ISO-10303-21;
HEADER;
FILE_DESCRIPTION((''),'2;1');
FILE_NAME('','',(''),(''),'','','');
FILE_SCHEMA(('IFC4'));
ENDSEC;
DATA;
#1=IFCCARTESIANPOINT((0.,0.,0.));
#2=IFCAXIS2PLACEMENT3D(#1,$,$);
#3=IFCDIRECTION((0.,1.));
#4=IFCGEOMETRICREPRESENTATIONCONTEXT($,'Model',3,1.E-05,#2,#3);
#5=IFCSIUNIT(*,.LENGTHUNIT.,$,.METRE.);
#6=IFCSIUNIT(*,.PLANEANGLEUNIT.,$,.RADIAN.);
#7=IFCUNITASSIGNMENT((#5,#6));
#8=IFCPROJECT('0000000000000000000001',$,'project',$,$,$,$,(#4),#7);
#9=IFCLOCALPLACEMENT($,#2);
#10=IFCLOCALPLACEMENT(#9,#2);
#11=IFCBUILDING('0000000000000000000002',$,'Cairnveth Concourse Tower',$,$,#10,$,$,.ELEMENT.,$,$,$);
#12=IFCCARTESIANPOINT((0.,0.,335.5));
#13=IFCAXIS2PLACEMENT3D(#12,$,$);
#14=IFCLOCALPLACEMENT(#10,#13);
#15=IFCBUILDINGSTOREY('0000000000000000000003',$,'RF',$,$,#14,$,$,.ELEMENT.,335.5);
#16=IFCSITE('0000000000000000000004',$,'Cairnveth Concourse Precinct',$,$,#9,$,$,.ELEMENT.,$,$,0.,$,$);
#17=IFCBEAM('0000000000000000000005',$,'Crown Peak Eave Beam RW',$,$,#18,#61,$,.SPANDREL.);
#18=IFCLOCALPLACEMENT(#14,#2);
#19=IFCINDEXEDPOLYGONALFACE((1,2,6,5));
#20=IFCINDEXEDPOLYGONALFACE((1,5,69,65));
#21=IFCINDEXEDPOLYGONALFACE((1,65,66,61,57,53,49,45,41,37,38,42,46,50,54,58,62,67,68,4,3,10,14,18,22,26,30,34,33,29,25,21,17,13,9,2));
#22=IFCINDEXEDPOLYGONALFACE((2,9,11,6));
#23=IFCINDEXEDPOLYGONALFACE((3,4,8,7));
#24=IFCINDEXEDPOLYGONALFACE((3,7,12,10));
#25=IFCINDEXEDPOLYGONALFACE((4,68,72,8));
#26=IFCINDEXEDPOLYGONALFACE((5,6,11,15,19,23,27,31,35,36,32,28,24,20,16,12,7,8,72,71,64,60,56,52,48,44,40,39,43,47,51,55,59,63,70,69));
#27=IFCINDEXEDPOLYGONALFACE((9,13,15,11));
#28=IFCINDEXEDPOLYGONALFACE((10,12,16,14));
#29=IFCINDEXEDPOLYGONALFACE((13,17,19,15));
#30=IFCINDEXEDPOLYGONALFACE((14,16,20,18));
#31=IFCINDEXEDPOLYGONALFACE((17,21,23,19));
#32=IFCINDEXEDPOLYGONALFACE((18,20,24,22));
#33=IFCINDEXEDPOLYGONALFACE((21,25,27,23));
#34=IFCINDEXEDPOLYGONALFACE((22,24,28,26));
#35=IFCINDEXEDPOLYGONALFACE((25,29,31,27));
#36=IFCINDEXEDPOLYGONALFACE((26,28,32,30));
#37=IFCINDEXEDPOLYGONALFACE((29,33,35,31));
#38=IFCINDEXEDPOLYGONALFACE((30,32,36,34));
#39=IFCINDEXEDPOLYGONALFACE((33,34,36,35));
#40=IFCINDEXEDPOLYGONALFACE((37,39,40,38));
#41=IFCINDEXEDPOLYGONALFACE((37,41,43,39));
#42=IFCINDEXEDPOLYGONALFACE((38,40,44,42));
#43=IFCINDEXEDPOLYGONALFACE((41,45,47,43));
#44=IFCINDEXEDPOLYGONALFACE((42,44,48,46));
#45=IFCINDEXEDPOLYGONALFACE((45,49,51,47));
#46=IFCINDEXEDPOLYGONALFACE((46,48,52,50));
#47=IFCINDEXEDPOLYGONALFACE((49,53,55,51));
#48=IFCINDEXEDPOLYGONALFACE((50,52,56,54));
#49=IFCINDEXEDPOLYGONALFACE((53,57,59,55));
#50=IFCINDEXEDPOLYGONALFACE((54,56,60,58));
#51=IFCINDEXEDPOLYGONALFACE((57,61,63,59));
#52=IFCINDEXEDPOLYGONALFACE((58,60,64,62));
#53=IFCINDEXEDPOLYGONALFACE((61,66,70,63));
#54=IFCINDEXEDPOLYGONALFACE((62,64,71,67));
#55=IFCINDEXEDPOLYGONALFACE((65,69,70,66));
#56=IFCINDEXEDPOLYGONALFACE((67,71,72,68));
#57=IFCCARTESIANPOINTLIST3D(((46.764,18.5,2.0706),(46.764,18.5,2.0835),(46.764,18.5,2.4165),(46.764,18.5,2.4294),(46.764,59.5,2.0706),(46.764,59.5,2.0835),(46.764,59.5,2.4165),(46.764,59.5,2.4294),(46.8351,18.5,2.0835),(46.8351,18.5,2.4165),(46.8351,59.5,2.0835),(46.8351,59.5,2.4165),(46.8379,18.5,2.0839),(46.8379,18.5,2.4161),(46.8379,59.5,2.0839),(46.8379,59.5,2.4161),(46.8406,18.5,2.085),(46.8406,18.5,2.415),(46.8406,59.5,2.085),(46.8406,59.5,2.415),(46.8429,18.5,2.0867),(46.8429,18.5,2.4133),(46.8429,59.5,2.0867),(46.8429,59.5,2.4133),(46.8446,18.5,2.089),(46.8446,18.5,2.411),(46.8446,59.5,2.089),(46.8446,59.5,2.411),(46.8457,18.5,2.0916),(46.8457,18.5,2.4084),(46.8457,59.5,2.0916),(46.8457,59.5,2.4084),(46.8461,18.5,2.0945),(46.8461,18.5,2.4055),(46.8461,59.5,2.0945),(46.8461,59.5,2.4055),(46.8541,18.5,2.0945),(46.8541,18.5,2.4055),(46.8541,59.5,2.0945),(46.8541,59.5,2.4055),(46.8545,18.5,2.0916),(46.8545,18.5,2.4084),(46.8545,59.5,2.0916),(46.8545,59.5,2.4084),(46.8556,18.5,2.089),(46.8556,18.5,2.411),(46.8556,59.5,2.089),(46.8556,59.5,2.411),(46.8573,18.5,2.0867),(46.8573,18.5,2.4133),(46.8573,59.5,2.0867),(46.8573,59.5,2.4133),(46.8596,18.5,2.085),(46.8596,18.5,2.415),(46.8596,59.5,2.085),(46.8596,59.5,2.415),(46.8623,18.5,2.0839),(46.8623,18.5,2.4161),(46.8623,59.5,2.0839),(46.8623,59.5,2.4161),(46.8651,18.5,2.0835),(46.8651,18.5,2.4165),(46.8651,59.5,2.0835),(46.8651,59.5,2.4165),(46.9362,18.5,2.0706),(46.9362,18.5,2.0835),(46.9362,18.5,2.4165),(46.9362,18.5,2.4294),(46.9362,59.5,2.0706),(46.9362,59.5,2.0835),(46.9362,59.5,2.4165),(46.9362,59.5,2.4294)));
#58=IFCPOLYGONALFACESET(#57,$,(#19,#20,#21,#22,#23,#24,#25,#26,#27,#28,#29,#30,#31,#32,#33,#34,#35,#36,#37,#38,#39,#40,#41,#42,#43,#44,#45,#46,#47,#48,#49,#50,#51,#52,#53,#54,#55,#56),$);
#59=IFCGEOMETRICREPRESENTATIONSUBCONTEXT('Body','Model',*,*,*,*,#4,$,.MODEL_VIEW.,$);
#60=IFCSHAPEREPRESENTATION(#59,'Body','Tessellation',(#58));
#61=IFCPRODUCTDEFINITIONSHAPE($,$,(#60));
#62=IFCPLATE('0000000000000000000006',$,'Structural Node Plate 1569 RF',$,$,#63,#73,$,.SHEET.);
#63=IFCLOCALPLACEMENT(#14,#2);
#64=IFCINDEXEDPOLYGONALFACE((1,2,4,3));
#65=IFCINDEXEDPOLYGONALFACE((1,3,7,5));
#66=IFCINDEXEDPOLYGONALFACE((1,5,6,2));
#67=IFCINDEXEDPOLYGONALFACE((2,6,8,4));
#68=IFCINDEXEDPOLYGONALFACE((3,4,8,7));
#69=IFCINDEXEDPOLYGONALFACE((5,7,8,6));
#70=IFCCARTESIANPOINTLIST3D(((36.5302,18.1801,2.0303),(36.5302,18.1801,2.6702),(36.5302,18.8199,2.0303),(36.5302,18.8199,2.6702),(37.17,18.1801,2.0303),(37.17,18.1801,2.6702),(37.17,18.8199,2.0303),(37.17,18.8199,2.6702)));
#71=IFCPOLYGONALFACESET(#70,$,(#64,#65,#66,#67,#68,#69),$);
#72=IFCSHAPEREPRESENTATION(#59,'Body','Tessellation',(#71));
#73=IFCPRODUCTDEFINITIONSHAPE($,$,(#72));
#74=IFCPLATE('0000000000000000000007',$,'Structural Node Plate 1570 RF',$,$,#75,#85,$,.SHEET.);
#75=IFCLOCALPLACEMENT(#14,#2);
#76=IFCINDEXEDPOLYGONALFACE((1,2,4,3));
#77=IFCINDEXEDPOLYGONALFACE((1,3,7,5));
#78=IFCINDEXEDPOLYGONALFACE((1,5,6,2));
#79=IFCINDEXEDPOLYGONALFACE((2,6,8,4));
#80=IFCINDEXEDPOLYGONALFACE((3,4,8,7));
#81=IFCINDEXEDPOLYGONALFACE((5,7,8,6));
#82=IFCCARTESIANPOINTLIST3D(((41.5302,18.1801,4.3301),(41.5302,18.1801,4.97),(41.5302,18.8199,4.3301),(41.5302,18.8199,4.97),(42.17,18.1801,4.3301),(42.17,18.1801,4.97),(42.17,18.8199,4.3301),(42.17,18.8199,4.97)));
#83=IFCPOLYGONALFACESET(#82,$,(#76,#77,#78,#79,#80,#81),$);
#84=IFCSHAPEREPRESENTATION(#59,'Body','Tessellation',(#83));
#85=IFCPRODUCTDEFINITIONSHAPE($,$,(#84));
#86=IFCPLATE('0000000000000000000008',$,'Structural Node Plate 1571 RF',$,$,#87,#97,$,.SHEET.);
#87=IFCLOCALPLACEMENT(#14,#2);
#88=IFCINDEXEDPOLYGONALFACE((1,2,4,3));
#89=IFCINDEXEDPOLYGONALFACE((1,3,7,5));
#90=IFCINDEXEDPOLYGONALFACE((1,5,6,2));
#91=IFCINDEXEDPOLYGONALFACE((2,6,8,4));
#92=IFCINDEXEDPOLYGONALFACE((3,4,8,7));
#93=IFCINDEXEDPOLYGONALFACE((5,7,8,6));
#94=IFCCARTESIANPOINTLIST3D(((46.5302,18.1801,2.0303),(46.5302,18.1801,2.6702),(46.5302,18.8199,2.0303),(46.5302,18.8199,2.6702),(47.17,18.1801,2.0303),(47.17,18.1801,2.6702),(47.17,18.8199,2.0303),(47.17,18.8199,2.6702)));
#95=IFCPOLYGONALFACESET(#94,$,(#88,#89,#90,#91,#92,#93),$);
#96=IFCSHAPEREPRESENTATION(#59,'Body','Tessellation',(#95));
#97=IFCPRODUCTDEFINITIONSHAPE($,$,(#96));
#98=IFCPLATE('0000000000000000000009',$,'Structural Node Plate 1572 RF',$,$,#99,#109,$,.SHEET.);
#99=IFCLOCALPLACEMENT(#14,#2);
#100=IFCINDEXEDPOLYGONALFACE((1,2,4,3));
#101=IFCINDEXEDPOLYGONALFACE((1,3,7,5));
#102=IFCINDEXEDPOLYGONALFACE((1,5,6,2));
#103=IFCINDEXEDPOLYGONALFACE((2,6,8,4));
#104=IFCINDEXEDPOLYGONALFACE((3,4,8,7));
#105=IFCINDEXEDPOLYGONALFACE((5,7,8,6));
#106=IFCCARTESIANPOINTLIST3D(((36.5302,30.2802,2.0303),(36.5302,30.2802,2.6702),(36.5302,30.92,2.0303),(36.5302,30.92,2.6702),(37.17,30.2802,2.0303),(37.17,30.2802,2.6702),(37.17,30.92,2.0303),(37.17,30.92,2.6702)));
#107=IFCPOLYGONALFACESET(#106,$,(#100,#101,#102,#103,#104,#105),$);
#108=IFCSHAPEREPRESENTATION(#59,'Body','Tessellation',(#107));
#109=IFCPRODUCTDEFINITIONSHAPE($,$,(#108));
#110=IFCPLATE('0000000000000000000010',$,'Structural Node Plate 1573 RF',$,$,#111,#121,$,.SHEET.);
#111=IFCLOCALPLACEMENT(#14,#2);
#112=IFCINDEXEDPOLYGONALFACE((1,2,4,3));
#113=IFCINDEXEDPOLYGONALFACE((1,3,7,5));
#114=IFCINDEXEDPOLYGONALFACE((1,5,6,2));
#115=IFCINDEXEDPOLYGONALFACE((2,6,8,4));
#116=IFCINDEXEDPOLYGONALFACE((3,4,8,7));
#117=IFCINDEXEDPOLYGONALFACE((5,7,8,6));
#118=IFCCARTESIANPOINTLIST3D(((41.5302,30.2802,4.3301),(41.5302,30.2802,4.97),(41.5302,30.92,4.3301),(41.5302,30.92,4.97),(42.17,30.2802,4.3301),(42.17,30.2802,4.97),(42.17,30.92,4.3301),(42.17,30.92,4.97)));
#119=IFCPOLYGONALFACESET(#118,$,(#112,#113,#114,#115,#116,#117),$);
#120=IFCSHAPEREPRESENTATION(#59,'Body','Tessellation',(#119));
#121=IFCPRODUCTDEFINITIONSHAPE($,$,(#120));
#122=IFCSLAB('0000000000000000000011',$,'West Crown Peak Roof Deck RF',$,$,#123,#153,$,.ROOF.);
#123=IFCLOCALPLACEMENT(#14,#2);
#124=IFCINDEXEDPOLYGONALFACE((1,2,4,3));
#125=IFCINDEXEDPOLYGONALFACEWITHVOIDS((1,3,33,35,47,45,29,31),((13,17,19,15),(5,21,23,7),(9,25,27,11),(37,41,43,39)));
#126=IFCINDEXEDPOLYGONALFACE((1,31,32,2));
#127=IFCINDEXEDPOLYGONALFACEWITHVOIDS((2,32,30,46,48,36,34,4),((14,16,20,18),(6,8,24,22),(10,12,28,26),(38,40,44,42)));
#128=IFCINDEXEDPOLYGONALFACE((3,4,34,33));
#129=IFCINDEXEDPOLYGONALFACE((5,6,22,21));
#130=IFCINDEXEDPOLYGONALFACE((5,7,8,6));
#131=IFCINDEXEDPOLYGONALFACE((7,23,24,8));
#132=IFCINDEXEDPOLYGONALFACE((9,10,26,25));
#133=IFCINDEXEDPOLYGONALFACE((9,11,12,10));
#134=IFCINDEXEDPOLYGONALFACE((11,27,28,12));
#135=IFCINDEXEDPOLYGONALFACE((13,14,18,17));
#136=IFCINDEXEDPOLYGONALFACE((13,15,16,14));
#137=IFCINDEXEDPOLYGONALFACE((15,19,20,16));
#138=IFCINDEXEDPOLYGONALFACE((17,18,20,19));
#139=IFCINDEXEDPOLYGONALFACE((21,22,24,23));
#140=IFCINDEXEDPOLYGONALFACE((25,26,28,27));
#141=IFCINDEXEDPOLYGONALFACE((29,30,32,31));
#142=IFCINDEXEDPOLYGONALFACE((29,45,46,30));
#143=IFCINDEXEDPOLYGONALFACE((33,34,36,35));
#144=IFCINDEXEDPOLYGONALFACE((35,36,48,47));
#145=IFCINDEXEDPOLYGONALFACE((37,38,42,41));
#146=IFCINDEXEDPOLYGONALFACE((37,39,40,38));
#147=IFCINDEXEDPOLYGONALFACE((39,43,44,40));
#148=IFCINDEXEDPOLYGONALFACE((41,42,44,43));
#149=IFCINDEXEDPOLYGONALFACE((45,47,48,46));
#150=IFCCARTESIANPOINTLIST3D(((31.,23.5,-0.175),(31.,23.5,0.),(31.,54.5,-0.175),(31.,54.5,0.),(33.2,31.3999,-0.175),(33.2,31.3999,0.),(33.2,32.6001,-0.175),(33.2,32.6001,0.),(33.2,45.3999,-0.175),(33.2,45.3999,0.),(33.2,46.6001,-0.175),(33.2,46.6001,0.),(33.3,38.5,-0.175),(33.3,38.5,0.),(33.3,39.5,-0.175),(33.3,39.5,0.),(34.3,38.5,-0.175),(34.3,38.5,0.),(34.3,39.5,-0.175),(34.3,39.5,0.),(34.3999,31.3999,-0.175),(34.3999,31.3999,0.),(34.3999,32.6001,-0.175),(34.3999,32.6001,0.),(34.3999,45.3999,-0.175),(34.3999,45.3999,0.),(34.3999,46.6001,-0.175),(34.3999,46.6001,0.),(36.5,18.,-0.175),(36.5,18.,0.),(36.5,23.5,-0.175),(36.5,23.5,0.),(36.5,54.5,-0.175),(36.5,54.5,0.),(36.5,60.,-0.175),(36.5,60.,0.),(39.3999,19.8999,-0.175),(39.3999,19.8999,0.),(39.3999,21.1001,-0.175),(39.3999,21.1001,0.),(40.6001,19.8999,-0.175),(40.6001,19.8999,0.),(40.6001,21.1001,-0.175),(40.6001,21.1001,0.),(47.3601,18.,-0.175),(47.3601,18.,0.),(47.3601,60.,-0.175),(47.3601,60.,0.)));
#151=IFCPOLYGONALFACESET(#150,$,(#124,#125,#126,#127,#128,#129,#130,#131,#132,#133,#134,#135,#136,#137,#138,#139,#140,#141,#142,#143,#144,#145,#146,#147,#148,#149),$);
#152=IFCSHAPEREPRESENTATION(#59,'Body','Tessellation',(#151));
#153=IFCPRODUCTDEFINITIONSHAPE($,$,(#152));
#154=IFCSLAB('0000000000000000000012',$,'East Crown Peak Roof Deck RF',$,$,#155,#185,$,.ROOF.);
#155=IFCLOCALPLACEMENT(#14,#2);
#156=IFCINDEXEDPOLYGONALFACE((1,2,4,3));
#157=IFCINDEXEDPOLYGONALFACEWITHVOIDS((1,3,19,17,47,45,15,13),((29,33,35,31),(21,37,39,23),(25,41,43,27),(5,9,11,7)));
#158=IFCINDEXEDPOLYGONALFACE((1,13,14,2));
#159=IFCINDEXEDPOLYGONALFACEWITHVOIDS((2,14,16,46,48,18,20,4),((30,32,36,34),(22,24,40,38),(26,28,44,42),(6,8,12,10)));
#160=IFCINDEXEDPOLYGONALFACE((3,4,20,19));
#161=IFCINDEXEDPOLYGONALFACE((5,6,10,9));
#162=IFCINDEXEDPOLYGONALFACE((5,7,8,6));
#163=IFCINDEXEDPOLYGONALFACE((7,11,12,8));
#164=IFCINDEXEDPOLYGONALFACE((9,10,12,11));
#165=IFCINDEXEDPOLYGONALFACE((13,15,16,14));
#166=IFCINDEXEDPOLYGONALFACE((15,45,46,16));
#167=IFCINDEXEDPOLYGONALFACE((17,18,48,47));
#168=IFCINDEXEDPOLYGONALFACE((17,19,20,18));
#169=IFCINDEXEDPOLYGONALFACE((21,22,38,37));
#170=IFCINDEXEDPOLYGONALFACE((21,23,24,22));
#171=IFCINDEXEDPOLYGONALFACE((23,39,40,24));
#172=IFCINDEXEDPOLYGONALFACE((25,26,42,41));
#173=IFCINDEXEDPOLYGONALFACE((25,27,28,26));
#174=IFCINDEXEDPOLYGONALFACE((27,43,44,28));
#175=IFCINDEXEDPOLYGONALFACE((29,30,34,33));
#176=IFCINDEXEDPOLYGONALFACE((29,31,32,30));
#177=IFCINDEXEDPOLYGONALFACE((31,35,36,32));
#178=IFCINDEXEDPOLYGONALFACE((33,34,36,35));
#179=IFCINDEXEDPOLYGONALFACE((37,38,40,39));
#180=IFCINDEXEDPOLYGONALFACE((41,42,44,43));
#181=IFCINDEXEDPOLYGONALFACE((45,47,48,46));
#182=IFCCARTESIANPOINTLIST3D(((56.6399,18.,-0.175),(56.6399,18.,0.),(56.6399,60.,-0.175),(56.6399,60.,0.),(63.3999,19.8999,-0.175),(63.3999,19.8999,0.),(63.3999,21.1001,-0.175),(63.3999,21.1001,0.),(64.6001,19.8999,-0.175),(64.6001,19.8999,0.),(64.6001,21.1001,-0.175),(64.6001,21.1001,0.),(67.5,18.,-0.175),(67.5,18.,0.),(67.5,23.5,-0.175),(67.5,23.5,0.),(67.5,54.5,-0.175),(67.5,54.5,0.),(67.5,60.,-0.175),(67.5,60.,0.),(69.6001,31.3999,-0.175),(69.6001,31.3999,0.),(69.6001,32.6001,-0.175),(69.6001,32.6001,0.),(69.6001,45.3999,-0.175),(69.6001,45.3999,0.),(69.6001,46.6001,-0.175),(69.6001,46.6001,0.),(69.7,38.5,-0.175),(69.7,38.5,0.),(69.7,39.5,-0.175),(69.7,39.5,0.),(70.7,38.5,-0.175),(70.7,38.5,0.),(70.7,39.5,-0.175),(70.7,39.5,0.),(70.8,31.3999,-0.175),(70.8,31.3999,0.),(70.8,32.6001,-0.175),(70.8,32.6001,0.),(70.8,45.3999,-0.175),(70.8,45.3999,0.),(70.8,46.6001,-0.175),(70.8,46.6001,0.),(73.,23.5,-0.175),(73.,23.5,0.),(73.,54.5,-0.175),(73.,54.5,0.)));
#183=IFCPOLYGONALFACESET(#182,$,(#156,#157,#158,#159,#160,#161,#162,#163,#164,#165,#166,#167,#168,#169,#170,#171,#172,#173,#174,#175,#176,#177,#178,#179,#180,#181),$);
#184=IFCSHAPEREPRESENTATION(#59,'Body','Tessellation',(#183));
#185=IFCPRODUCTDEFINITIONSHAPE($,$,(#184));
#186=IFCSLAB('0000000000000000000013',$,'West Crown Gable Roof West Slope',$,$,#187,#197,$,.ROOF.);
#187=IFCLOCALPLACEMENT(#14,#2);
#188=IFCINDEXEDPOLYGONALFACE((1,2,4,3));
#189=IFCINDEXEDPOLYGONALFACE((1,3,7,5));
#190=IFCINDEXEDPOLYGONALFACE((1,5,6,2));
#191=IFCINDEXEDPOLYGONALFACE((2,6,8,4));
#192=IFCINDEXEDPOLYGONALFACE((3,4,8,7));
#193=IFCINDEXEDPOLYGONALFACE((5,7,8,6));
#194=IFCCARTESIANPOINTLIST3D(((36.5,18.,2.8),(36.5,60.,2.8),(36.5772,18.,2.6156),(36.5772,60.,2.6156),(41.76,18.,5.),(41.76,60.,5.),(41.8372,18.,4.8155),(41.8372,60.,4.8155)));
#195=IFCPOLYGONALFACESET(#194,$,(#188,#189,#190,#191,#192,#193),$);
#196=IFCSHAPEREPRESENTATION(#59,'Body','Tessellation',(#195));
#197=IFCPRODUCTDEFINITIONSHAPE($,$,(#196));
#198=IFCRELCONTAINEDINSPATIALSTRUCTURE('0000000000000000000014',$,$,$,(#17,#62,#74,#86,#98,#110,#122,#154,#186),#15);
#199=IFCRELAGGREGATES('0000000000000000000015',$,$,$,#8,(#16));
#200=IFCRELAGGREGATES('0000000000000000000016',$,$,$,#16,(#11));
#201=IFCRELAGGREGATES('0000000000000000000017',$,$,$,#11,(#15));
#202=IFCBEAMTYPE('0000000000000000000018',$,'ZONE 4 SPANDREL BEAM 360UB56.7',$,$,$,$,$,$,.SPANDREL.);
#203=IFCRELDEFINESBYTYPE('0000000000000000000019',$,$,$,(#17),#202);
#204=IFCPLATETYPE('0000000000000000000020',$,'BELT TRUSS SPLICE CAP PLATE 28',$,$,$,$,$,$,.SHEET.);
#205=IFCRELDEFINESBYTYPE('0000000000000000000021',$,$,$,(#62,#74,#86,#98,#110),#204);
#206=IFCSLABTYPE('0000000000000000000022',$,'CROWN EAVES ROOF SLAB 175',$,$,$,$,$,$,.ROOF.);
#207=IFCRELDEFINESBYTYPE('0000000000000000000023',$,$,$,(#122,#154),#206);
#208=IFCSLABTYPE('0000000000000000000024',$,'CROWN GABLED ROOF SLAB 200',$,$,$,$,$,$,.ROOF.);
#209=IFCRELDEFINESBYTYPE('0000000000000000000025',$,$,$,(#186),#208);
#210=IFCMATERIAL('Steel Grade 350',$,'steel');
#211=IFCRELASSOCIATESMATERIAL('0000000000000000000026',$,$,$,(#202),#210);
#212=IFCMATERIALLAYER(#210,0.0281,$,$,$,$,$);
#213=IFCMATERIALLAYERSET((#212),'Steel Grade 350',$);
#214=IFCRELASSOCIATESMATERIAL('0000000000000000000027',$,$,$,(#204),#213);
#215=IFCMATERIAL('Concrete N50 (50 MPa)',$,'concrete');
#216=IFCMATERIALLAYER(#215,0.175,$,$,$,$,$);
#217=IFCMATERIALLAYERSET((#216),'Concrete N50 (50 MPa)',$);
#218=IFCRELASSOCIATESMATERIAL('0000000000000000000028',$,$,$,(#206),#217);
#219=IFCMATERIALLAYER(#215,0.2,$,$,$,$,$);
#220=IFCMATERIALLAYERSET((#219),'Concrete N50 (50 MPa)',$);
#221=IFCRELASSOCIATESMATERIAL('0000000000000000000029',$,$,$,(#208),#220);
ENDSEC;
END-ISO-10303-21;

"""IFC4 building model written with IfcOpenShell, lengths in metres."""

from ifc_helpers import new_model, si_unit, direction, frame, origin, origin_2d, place, context, subcontext, project, spatial, polyline, rectangle, i_section, outline, extrude, material, layer, layer_set, material_profile, profile_set, type_object, element, save


model = new_model("IFC4")

# Units and contexts
model_context = context("Model", 3, precision=1e-05, world=origin(), true_north=direction((0.0, 1.0)))
body_context = subcontext(model_context, "Body", "Model", "MODEL_VIEW")
ifc_project = project(units=[si_unit("LENGTHUNIT", "METRE"), si_unit("PLANEANGLEUNIT", "RADIAN")], contexts=[model_context])

# Site, building, storey
site_placement = place(None, origin())
site = spatial("IfcSite", under=ifc_project, at=site_placement, Name="Cairnveth Concourse Precinct", CompositionType="ELEMENT", RefElevation=0.0)
building_placement = place(site_placement, origin())
building = spatial("IfcBuilding", under=site, at=building_placement, Name="Cairnveth Concourse Tower", CompositionType="ELEMENT")
storey_placement = place(building_placement, frame((0.0, 0.0, 335.5)))
storey = spatial("IfcBuildingStorey", under=building, at=storey_placement, Name="RF", CompositionType="ELEMENT", Elevation=335.5)

# Shared definitions
ifc_material_1 = material(Name="Steel Grade 350", Category="steel")

# Beam
ifc_material_profile_1 = material_profile(ifc_material_1, i_section(OverallWidth=0.1721, OverallDepth=0.3589, WebThickness=0.0081, FlangeThickness=0.0129, FilletRadius=0.011, at=origin_2d()), Name="360UB56.7")
ifc_profile_set_1 = profile_set([ifc_material_profile_1], Name="Steel Grade 350")
beam_type_1 = type_object("IfcBeamType", Name="ZONE 4 SPANDREL BEAM 360UB56.7", PredefinedType="SPANDREL", material=ifc_profile_set_1)
for number, where, z_axis, x_axis, name in (
    (1, (46.8501, 18.5, 2.25), (0.0, 1.0, 0.0), (-1.0, 0.0, 0.0), "Crown Peak Eave Beam RW"),
):
    element("IfcBeam", number, at=place(storey_placement, frame(where, z_axis=z_axis, x_axis=x_axis)), inside=storey, type_object=beam_type_1, Name=name, PredefinedType="SPANDREL", context=body_context, shape_type="SweptSolid", body=[
        extrude(i_section(OverallWidth=0.1721, OverallDepth=0.3589, WebThickness=0.0081, FlangeThickness=0.0129, FilletRadius=0.011, at=origin_2d()), origin(), (0.0, 0.0, 1.0), 41.0),
    ])

# Plates
ifc_layer_1 = layer(ifc_material_1, 0.0281)
ifc_layer_set_1 = layer_set([ifc_layer_1], Name="Steel Grade 350")
plate_type_1 = type_object("IfcPlateType", Name="BELT TRUSS SPLICE CAP PLATE 28", PredefinedType="SHEET", material=ifc_layer_set_1)
for number, where, z_axis, x_axis, name in (
    (2, (36.8501, 18.5, 2.0303), (0.0, 0.0, 1.0), (1.0, 0.0, 0.0), "Structural Node Plate 1569 RF"),
    (3, (41.8501, 18.5, 4.3301), (0.0, 0.0, 1.0), (1.0, 0.0, 0.0), "Structural Node Plate 1570 RF"),
    (4, (46.8501, 18.5, 2.0303), (0.0, 0.0, 1.0), (1.0, 0.0, 0.0), "Structural Node Plate 1571 RF"),
    (5, (36.8501, 30.6001, 2.0303), (0.0, 0.0, 1.0), (1.0, 0.0, 0.0), "Structural Node Plate 1572 RF"),
    (6, (41.8501, 30.6001, 4.3301), (0.0, 0.0, 1.0), (1.0, 0.0, 0.0), "Structural Node Plate 1573 RF"),
):
    element("IfcPlate", number, at=place(storey_placement, frame(where, z_axis=z_axis, x_axis=x_axis)), inside=storey, type_object=plate_type_1, Name=name, PredefinedType="SHEET", context=body_context, shape_type="SweptSolid", body=[
        extrude(rectangle(XDim=0.6399, YDim=0.6399, at=origin_2d()), origin(), (0.0, 0.0, 1.0), 0.6399),
    ])

# Slabs
ifc_material_2 = material(Name="Concrete N50 (50 MPa)", Category="concrete")
ifc_layer_2 = layer(ifc_material_2, 0.175)
ifc_layer_set_2 = layer_set([ifc_layer_2], Name="Concrete N50 (50 MPa)")
slab_type_1 = type_object("IfcSlabType", Name="CROWN EAVES ROOF SLAB 175", PredefinedType="ROOF", material=ifc_layer_set_2)
slab_1_placement = place(storey_placement, frame((0.0, 0.0, -0.175)))
element("IfcSlab", 7, at=slab_1_placement, inside=storey, type_object=slab_type_1, Name="West Crown Peak Roof Deck RF", PredefinedType="ROOF", context=body_context, shape_type="SweptSolid", body=[
    extrude(outline(polyline([(36.5, 18.0), (47.3601, 18.0), (47.3601, 60.0), (36.5, 60.0), (36.5, 54.5), (31.0, 54.5), (31.0, 23.5), (36.5, 23.5), (36.5, 18.0)]), holes=[polyline([(33.2, 31.3999), (34.3999, 31.3999), (34.3999, 32.6001), (33.2, 32.6001), (33.2, 31.3999)]), polyline([(33.2, 45.3999), (34.3999, 45.3999), (34.3999, 46.6001), (33.2, 46.6001), (33.2, 45.3999)]), polyline([(39.3999, 19.8999), (40.6001, 19.8999), (40.6001, 21.1001), (39.3999, 21.1001), (39.3999, 19.8999)]), polyline([(33.3, 38.5), (34.3, 38.5), (34.3, 39.5), (33.3, 39.5), (33.3, 38.5)])]), origin(), (0.0, 0.0, 1.0), 0.175),
])
slab_2_placement = place(storey_placement, frame((0.0, 0.0, -0.175)))
element("IfcSlab", 8, at=slab_2_placement, inside=storey, type_object=slab_type_1, Name="East Crown Peak Roof Deck RF", PredefinedType="ROOF", context=body_context, shape_type="SweptSolid", body=[
    extrude(outline(polyline([(56.6399, 18.0), (67.5, 18.0), (67.5, 23.5), (73.0, 23.5), (73.0, 54.5), (67.5, 54.5), (67.5, 60.0), (56.6399, 60.0), (56.6399, 18.0)]), holes=[polyline([(69.6001, 31.3999), (70.8, 31.3999), (70.8, 32.6001), (69.6001, 32.6001), (69.6001, 31.3999)]), polyline([(69.6001, 45.3999), (70.8, 45.3999), (70.8, 46.6001), (69.6001, 46.6001), (69.6001, 45.3999)]), polyline([(63.3999, 19.8999), (64.6001, 19.8999), (64.6001, 21.1001), (63.3999, 21.1001), (63.3999, 19.8999)]), polyline([(69.7, 38.5), (70.7, 38.5), (70.7, 39.5), (69.7, 39.5), (69.7, 38.5)])]), origin(), (0.0, 0.0, 1.0), 0.175),
])
ifc_layer_3 = layer(ifc_material_2, 0.2)
ifc_layer_set_3 = layer_set([ifc_layer_3], Name="Concrete N50 (50 MPa)")
slab_type_2 = type_object("IfcSlabType", Name="CROWN GABLED ROOF SLAB 200", PredefinedType="ROOF", material=ifc_layer_set_3)
slab_3_placement = place(storey_placement, frame((36.5, 18.0, 2.8), z_axis=(-0.385853, 0.0, 0.92256), x_axis=(0.92256, 0.0, 0.385853)))
element("IfcSlab", 9, at=slab_3_placement, inside=storey, type_object=slab_type_2, Name="West Crown Gable Roof West Slope", PredefinedType="ROOF", context=body_context, shape_type="SweptSolid", body=[
    extrude(outline(polyline([(0.0, 0.0), (5.7015, 0.0), (5.7015, 42.0), (0.0, 42.0), (0.0, 0.0)])), origin(), (0.0, 0.0, -1.0), 0.2),
])

save(model, "model.ifc")
